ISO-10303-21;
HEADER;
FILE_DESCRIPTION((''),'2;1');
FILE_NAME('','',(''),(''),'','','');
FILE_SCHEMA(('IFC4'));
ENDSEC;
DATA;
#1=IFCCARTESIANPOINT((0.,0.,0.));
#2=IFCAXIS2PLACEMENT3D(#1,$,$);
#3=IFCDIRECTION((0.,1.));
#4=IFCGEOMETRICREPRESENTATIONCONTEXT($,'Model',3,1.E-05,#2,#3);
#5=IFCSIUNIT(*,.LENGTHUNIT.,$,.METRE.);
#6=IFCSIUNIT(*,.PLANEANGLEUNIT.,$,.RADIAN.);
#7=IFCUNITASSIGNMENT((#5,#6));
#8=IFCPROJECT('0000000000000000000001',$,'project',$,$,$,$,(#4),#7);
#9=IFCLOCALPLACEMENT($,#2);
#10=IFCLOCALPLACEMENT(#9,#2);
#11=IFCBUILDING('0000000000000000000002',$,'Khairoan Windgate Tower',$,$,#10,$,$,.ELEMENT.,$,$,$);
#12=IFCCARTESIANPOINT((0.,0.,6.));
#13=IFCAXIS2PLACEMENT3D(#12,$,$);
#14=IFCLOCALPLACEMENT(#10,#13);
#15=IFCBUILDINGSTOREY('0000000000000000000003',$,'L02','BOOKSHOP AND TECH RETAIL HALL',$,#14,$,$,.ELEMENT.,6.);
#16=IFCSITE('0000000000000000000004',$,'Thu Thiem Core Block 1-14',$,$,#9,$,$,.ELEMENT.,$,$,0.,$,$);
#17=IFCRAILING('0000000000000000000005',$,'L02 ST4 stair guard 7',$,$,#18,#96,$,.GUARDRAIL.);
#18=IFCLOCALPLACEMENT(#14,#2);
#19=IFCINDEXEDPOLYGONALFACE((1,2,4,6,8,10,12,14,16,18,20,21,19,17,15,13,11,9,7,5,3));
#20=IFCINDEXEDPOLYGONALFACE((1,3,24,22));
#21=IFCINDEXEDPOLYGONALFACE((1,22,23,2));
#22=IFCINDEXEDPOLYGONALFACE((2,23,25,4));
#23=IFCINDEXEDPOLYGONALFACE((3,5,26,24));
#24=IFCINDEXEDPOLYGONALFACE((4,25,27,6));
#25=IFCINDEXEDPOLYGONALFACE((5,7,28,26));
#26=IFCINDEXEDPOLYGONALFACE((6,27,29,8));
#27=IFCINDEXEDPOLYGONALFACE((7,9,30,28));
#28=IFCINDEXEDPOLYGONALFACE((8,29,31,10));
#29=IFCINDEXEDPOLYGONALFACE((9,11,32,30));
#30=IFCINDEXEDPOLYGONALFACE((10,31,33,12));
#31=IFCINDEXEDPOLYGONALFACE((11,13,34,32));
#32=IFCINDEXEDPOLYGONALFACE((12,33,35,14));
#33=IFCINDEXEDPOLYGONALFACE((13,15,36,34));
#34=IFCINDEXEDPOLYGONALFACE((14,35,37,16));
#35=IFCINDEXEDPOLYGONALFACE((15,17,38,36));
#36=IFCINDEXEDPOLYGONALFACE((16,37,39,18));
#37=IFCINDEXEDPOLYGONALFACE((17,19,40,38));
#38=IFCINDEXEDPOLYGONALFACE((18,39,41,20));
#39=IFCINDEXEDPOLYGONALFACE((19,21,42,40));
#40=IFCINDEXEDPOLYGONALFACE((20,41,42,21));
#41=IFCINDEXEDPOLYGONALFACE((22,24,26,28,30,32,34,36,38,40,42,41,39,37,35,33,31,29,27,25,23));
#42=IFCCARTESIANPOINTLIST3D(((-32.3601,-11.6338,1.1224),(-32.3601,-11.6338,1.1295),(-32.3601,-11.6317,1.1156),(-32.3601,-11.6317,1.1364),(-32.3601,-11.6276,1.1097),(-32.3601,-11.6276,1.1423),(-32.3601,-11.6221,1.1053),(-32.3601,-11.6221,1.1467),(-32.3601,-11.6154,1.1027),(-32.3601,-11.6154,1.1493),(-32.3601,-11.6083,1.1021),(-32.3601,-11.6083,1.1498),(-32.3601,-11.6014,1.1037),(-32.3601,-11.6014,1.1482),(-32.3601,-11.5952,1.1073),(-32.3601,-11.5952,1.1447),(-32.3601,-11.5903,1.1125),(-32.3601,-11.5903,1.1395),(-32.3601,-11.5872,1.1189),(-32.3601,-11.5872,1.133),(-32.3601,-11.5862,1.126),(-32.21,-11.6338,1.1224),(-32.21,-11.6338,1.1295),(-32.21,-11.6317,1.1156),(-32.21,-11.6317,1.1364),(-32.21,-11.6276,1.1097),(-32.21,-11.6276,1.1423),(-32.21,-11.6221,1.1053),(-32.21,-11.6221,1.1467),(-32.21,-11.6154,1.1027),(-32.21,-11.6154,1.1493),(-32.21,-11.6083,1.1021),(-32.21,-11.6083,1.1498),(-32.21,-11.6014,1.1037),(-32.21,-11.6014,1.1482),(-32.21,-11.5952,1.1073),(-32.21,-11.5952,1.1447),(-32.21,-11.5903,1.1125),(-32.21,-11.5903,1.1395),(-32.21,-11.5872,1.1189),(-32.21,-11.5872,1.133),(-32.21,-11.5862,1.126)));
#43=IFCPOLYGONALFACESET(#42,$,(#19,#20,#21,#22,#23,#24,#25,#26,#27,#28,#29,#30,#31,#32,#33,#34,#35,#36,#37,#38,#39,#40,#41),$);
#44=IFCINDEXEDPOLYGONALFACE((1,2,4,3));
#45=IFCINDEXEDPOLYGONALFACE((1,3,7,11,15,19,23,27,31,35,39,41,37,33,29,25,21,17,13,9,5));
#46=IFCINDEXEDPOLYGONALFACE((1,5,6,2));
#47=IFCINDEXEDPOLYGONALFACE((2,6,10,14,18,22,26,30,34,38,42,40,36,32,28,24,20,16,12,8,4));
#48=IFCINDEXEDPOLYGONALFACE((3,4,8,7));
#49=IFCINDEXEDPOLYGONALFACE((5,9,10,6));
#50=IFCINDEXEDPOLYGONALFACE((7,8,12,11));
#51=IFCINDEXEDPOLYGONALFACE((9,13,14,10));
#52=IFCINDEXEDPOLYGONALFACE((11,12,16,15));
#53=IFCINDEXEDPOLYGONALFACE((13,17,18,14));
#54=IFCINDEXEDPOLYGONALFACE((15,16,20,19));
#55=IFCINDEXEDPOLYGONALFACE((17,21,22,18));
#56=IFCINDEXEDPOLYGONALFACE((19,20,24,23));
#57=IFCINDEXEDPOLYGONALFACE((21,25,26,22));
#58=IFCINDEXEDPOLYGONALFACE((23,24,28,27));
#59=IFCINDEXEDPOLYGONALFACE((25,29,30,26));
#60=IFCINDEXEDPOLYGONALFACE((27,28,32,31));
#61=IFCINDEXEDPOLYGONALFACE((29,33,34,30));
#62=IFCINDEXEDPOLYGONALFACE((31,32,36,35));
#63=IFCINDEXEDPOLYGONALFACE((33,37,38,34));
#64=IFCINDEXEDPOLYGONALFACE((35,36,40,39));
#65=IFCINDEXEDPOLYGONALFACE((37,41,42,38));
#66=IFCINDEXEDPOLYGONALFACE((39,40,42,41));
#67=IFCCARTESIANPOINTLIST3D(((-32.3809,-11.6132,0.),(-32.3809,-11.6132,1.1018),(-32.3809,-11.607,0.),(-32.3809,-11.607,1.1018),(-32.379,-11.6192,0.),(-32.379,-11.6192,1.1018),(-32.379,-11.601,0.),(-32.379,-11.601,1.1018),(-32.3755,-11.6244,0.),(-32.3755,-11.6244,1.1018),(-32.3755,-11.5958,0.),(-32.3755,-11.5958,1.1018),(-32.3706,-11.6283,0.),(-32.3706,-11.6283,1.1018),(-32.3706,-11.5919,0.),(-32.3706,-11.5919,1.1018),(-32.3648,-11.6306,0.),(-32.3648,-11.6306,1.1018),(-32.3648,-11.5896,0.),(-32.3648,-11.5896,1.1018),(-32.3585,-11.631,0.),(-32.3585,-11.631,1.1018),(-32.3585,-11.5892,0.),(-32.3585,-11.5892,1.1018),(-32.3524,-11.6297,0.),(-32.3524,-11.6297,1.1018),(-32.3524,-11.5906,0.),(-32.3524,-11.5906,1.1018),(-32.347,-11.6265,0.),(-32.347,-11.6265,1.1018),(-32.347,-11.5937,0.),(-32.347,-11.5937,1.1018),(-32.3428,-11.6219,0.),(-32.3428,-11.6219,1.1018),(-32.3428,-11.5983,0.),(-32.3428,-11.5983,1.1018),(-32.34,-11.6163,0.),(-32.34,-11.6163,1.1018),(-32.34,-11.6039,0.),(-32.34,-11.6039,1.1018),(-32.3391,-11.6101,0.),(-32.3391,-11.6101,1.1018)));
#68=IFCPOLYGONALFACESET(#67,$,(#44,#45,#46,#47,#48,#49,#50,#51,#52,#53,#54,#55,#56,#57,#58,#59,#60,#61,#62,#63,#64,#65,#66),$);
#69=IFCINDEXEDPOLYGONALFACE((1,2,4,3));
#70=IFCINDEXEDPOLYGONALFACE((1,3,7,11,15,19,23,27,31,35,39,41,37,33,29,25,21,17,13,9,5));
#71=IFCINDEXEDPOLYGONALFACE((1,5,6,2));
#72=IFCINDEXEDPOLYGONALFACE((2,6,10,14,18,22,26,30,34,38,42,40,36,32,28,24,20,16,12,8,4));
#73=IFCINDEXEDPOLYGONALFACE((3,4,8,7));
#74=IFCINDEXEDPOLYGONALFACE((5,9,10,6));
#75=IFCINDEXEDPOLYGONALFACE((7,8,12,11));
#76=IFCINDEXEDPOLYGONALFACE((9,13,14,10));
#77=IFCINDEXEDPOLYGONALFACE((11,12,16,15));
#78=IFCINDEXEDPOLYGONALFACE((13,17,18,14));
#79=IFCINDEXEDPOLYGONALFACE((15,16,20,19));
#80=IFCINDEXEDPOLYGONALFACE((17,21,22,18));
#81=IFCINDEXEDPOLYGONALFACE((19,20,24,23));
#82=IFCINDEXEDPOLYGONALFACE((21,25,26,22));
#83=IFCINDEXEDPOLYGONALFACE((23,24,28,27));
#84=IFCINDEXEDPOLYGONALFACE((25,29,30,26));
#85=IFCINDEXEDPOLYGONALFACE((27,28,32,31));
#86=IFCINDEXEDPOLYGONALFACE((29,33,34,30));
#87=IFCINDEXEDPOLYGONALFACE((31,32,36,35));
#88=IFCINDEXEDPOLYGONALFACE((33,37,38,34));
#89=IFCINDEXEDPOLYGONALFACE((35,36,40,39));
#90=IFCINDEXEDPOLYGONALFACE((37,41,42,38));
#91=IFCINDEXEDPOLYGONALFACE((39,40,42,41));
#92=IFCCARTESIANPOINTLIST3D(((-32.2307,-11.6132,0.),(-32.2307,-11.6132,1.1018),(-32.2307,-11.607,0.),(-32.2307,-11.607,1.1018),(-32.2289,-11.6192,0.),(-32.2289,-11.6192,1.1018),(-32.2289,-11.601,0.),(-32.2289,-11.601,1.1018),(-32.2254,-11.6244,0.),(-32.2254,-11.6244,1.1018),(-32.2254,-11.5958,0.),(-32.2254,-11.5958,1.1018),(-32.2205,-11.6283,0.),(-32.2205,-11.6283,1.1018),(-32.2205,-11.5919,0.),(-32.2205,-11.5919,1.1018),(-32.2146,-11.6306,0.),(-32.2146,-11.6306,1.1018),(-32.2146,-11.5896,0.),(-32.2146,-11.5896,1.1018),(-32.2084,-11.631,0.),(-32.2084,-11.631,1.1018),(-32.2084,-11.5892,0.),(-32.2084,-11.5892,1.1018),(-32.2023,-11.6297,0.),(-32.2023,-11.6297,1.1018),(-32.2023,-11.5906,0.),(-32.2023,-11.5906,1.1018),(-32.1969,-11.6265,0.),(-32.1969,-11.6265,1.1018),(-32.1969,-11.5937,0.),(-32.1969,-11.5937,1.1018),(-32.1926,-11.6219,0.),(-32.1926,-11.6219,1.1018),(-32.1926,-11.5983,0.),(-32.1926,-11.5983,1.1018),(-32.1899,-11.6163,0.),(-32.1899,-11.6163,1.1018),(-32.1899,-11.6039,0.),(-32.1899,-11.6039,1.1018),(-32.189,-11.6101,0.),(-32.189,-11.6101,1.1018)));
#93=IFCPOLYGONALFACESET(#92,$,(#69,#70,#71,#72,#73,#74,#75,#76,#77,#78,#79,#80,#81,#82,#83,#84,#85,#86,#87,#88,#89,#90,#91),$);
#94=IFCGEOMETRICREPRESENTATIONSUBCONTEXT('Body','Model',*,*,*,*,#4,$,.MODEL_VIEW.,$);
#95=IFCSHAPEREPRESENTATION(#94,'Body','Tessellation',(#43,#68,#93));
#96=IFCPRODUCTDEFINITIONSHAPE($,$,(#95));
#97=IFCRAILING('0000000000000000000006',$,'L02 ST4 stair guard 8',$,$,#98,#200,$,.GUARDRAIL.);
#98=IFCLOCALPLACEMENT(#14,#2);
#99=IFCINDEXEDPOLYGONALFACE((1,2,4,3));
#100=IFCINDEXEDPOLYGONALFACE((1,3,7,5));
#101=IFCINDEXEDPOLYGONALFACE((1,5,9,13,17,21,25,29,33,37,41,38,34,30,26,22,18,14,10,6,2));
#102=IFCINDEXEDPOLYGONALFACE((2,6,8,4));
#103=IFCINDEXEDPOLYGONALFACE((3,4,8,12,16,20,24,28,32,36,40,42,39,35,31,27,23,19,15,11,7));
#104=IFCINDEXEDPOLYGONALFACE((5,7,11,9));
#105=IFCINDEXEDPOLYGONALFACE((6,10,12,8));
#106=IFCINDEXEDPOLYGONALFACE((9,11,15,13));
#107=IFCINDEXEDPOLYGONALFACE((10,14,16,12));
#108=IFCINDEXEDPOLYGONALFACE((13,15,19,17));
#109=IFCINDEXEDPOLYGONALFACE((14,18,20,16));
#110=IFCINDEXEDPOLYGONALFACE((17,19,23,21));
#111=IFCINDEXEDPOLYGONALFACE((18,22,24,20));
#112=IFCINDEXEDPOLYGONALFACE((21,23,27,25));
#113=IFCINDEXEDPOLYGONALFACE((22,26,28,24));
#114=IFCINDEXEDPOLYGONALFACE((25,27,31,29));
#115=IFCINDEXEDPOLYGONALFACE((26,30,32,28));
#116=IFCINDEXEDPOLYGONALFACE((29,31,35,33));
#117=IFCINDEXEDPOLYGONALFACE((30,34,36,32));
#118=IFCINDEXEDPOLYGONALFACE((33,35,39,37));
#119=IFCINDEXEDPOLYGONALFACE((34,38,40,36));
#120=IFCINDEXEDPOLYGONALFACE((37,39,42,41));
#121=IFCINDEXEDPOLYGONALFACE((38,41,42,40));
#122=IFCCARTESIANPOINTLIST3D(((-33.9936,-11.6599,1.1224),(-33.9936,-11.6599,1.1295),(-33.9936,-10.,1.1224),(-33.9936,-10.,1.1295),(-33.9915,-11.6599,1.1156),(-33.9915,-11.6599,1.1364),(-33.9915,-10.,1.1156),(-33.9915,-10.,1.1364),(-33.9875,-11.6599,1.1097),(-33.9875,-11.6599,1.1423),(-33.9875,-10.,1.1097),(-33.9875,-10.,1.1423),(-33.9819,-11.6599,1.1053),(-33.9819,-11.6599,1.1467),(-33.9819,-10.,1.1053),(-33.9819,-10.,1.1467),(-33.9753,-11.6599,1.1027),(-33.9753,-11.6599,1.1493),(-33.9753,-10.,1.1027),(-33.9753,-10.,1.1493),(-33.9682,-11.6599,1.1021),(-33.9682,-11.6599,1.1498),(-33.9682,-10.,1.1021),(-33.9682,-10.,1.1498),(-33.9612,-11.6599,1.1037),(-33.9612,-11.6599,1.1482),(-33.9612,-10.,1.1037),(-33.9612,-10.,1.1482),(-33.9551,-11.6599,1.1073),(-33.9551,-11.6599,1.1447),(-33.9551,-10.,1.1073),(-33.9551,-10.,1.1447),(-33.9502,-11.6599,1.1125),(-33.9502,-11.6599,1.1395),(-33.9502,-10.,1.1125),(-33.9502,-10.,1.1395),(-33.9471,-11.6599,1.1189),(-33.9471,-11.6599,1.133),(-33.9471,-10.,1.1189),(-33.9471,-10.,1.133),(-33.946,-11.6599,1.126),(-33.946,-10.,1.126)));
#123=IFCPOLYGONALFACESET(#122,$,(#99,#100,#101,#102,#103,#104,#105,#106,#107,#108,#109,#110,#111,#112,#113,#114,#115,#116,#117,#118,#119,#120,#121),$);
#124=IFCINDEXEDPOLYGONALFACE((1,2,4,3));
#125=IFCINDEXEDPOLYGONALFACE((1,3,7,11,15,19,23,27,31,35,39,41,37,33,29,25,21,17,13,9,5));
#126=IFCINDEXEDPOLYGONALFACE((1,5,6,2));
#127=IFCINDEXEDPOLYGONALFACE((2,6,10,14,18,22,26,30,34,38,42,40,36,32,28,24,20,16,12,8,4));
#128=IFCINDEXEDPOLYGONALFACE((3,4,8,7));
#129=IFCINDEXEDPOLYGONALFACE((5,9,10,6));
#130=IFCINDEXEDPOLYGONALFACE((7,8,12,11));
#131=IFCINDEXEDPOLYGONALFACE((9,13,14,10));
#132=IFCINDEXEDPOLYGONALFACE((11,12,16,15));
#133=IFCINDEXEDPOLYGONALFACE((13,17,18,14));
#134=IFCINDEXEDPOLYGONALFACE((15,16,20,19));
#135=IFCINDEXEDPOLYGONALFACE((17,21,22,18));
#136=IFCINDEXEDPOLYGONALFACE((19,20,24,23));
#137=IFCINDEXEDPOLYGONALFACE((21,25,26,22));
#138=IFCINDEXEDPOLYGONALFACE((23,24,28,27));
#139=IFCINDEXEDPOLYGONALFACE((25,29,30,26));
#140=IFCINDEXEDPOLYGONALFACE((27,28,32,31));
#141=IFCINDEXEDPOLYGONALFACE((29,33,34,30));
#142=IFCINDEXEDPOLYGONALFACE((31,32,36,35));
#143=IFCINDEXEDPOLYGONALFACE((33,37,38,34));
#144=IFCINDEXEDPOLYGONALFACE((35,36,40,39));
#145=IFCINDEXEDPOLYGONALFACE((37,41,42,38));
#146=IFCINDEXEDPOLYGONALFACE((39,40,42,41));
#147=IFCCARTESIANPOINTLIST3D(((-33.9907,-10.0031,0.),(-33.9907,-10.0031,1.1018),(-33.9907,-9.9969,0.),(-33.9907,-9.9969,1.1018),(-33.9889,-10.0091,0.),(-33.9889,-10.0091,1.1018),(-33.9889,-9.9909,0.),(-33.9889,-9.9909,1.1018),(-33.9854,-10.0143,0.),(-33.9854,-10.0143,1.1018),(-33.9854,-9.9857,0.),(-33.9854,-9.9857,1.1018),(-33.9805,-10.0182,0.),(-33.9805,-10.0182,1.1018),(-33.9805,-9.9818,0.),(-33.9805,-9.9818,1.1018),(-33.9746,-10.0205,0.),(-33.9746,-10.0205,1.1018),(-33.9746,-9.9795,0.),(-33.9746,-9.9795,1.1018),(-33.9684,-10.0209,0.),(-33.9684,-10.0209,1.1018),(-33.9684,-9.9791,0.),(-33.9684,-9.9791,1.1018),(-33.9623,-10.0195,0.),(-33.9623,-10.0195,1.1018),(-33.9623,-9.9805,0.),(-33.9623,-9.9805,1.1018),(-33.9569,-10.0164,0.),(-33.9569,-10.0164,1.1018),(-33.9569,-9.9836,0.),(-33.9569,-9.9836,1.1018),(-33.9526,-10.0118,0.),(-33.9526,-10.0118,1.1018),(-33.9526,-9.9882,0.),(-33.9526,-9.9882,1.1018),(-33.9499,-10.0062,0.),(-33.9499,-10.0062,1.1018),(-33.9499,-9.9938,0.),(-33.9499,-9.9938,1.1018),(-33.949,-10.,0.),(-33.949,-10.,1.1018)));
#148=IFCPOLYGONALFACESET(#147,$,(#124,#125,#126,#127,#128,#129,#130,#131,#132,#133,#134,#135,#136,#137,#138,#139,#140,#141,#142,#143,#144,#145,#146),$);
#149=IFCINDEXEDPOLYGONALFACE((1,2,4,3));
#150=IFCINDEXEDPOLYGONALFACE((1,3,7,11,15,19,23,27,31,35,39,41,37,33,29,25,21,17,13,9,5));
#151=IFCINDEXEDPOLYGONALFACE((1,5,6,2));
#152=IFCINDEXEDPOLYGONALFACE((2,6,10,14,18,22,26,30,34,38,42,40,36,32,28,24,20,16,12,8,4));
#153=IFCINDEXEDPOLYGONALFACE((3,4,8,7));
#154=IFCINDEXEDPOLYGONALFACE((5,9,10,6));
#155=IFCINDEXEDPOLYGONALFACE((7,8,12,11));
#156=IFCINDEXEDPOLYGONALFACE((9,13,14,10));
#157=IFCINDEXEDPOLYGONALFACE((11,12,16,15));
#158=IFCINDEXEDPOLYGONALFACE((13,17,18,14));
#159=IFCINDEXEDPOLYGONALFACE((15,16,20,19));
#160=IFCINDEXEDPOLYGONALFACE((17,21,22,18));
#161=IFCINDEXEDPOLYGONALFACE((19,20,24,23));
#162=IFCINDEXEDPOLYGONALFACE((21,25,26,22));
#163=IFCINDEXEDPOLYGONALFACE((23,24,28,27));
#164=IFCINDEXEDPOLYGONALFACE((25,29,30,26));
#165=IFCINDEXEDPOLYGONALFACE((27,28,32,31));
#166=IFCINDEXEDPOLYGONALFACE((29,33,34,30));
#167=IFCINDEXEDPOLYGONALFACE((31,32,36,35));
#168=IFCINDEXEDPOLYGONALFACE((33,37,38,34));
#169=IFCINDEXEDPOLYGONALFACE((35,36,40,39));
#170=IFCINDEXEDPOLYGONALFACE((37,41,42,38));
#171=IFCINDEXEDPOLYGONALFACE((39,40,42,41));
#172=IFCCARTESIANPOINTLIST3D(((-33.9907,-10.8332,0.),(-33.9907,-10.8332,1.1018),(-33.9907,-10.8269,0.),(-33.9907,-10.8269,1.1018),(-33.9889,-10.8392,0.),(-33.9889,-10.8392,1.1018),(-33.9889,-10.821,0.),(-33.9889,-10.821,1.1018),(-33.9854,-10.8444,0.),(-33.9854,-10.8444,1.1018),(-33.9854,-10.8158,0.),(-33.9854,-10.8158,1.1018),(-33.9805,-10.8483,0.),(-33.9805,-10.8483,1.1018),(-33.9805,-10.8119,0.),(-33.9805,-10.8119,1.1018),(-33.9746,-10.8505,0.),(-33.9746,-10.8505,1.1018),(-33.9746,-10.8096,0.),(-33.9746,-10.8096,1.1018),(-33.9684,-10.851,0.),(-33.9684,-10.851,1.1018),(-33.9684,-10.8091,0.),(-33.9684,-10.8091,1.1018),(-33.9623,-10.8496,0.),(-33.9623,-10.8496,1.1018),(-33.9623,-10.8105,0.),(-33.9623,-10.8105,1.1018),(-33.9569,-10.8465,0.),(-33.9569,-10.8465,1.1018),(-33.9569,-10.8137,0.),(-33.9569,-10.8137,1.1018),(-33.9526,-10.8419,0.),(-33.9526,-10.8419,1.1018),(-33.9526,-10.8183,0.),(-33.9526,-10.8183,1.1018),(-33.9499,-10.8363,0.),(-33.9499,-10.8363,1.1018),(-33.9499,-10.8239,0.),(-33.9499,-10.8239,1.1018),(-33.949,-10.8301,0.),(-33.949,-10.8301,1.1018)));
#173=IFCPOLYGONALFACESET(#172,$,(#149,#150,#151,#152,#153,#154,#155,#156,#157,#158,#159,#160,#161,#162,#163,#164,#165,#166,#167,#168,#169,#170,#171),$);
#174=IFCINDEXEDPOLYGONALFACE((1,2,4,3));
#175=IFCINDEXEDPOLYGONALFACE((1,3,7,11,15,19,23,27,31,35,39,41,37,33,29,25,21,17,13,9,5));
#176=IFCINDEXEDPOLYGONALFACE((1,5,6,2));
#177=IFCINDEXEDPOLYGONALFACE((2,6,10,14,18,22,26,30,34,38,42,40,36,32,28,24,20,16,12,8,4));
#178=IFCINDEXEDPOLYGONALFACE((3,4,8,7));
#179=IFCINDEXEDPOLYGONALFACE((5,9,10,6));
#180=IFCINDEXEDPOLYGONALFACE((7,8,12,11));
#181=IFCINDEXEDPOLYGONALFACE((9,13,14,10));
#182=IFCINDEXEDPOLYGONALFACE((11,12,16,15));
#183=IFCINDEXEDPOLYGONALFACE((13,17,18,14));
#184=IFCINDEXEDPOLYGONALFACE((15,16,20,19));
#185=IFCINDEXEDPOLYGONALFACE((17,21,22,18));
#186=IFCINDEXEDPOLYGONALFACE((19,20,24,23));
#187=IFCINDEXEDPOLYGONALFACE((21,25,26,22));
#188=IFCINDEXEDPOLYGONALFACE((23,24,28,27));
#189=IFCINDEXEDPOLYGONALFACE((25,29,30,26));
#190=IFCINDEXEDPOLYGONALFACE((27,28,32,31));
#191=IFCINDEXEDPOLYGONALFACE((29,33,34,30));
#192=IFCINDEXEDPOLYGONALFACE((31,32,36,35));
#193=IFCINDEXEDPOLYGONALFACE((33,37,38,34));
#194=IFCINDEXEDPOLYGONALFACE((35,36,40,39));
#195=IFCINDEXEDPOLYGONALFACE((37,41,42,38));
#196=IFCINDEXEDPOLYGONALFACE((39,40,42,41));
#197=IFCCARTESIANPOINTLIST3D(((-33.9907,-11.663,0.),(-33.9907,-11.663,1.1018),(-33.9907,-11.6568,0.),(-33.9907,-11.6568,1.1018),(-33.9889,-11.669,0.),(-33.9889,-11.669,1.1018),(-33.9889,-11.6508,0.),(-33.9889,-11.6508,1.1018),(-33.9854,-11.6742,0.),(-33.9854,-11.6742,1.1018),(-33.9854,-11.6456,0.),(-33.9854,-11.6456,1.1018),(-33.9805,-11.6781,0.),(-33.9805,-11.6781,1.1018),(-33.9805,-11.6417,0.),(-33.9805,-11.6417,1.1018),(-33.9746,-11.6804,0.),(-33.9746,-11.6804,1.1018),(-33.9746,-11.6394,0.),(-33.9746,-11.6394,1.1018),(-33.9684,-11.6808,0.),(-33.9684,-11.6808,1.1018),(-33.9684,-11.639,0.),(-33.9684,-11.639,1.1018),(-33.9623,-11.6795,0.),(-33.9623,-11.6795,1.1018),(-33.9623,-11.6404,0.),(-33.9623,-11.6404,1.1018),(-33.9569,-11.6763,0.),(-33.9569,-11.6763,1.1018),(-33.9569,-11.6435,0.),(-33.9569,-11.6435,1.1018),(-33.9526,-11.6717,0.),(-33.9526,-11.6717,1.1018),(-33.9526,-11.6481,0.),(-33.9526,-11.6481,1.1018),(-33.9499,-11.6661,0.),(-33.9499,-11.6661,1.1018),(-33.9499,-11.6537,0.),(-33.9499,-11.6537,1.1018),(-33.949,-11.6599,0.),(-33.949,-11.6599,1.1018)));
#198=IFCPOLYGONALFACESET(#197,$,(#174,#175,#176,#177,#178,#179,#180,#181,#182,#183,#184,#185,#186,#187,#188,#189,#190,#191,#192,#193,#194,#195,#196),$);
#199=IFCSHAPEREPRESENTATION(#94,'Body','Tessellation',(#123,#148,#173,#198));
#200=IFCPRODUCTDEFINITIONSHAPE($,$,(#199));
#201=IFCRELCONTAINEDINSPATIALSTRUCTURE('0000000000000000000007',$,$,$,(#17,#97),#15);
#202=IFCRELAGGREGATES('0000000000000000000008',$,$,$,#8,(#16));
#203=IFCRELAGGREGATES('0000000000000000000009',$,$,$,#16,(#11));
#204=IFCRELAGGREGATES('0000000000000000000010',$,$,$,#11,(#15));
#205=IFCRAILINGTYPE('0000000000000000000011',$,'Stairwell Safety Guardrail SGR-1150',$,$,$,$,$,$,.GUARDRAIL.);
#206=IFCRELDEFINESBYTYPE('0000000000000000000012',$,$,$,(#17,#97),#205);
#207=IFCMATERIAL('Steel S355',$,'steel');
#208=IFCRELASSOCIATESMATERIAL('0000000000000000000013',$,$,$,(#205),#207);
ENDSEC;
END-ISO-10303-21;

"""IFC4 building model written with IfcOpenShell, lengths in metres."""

from ifc_helpers import new_model, si_unit, direction, frame, origin, origin_2d, place, context, subcontext, project, spatial, circle, extrude, material, type_object, element, save


model = new_model("IFC4")

# Units and contexts
model_context = context("Model", 3, precision=1e-05, world=origin(), true_north=direction((0.0, 1.0)))
body_context = subcontext(model_context, "Body", "Model", "MODEL_VIEW")
ifc_project = project(units=[si_unit("LENGTHUNIT", "METRE"), si_unit("PLANEANGLEUNIT", "RADIAN")], contexts=[model_context])

# Site, building, storey
site_placement = place(None, origin())
site = spatial("IfcSite", under=ifc_project, at=site_placement, Name="Thu Thiem Core Block 1-14", CompositionType="ELEMENT", RefElevation=0.0)
building_placement = place(site_placement, origin())
building = spatial("IfcBuilding", under=site, at=building_placement, Name="Khairoan Windgate Tower", CompositionType="ELEMENT")
storey_placement = place(building_placement, frame((0.0, 0.0, 6.0)))
storey = spatial("IfcBuildingStorey", under=building, at=storey_placement, Name="L02", Description="BOOKSHOP AND TECH RETAIL HALL", CompositionType="ELEMENT", Elevation=6.0)

# Railings
ifc_material_1 = material(Name="Steel S355", Category="steel")
railing_type_1 = type_object("IfcRailingType", Name="Stairwell Safety Guardrail SGR-1150", PredefinedType="GUARDRAIL", material=ifc_material_1)
railing_1_placement = place(storey_placement, frame((-32.3601, -11.6101, 0.0)))
element("IfcRailing", 1, at=railing_1_placement, inside=storey, type_object=railing_type_1, Name="L02 ST4 stair guard 7", PredefinedType="GUARDRAIL", context=body_context, shape_type="SweptSolid", body=[
    extrude(circle(Radius=0.0239, at=origin_2d()), frame((0.0, 0.0, 1.126), z_axis=(1.0, 0.0, 0.0), x_axis=(0.0, 1.0, 0.0)), (0.0, 0.0, 1.0), 0.1501),
    extrude(circle(Radius=0.021, at=origin_2d()), origin(), (0.0, 0.0, 1.0), 1.1018),
    extrude(circle(Radius=0.021, at=origin_2d()), frame((0.1501, 0.0, 0.0)), (0.0, 0.0, 1.0), 1.1018),
])
railing_2_placement = place(storey_placement, frame((-33.97, -10.0, 0.0)))
element("IfcRailing", 2, at=railing_2_placement, inside=storey, type_object=railing_type_1, Name="L02 ST4 stair guard 8", PredefinedType="GUARDRAIL", context=body_context, shape_type="SweptSolid", body=[
    extrude(circle(Radius=0.0239, at=origin_2d()), frame((0.0, 0.0, 1.126), z_axis=(0.0, -1.0, 0.0), x_axis=(1.0, 0.0, 0.0)), (0.0, 0.0, 1.0), 1.6599),
    extrude(circle(Radius=0.021, at=origin_2d()), origin(), (0.0, 0.0, 1.0), 1.1018),
    extrude(circle(Radius=0.021, at=origin_2d()), frame((0.0, -0.8301, 0.0)), (0.0, 0.0, 1.0), 1.1018),
    extrude(circle(Radius=0.021, at=origin_2d()), frame((0.0, -1.6599, 0.0)), (0.0, 0.0, 1.0), 1.1018),
])

save(model, "model.ifc")
